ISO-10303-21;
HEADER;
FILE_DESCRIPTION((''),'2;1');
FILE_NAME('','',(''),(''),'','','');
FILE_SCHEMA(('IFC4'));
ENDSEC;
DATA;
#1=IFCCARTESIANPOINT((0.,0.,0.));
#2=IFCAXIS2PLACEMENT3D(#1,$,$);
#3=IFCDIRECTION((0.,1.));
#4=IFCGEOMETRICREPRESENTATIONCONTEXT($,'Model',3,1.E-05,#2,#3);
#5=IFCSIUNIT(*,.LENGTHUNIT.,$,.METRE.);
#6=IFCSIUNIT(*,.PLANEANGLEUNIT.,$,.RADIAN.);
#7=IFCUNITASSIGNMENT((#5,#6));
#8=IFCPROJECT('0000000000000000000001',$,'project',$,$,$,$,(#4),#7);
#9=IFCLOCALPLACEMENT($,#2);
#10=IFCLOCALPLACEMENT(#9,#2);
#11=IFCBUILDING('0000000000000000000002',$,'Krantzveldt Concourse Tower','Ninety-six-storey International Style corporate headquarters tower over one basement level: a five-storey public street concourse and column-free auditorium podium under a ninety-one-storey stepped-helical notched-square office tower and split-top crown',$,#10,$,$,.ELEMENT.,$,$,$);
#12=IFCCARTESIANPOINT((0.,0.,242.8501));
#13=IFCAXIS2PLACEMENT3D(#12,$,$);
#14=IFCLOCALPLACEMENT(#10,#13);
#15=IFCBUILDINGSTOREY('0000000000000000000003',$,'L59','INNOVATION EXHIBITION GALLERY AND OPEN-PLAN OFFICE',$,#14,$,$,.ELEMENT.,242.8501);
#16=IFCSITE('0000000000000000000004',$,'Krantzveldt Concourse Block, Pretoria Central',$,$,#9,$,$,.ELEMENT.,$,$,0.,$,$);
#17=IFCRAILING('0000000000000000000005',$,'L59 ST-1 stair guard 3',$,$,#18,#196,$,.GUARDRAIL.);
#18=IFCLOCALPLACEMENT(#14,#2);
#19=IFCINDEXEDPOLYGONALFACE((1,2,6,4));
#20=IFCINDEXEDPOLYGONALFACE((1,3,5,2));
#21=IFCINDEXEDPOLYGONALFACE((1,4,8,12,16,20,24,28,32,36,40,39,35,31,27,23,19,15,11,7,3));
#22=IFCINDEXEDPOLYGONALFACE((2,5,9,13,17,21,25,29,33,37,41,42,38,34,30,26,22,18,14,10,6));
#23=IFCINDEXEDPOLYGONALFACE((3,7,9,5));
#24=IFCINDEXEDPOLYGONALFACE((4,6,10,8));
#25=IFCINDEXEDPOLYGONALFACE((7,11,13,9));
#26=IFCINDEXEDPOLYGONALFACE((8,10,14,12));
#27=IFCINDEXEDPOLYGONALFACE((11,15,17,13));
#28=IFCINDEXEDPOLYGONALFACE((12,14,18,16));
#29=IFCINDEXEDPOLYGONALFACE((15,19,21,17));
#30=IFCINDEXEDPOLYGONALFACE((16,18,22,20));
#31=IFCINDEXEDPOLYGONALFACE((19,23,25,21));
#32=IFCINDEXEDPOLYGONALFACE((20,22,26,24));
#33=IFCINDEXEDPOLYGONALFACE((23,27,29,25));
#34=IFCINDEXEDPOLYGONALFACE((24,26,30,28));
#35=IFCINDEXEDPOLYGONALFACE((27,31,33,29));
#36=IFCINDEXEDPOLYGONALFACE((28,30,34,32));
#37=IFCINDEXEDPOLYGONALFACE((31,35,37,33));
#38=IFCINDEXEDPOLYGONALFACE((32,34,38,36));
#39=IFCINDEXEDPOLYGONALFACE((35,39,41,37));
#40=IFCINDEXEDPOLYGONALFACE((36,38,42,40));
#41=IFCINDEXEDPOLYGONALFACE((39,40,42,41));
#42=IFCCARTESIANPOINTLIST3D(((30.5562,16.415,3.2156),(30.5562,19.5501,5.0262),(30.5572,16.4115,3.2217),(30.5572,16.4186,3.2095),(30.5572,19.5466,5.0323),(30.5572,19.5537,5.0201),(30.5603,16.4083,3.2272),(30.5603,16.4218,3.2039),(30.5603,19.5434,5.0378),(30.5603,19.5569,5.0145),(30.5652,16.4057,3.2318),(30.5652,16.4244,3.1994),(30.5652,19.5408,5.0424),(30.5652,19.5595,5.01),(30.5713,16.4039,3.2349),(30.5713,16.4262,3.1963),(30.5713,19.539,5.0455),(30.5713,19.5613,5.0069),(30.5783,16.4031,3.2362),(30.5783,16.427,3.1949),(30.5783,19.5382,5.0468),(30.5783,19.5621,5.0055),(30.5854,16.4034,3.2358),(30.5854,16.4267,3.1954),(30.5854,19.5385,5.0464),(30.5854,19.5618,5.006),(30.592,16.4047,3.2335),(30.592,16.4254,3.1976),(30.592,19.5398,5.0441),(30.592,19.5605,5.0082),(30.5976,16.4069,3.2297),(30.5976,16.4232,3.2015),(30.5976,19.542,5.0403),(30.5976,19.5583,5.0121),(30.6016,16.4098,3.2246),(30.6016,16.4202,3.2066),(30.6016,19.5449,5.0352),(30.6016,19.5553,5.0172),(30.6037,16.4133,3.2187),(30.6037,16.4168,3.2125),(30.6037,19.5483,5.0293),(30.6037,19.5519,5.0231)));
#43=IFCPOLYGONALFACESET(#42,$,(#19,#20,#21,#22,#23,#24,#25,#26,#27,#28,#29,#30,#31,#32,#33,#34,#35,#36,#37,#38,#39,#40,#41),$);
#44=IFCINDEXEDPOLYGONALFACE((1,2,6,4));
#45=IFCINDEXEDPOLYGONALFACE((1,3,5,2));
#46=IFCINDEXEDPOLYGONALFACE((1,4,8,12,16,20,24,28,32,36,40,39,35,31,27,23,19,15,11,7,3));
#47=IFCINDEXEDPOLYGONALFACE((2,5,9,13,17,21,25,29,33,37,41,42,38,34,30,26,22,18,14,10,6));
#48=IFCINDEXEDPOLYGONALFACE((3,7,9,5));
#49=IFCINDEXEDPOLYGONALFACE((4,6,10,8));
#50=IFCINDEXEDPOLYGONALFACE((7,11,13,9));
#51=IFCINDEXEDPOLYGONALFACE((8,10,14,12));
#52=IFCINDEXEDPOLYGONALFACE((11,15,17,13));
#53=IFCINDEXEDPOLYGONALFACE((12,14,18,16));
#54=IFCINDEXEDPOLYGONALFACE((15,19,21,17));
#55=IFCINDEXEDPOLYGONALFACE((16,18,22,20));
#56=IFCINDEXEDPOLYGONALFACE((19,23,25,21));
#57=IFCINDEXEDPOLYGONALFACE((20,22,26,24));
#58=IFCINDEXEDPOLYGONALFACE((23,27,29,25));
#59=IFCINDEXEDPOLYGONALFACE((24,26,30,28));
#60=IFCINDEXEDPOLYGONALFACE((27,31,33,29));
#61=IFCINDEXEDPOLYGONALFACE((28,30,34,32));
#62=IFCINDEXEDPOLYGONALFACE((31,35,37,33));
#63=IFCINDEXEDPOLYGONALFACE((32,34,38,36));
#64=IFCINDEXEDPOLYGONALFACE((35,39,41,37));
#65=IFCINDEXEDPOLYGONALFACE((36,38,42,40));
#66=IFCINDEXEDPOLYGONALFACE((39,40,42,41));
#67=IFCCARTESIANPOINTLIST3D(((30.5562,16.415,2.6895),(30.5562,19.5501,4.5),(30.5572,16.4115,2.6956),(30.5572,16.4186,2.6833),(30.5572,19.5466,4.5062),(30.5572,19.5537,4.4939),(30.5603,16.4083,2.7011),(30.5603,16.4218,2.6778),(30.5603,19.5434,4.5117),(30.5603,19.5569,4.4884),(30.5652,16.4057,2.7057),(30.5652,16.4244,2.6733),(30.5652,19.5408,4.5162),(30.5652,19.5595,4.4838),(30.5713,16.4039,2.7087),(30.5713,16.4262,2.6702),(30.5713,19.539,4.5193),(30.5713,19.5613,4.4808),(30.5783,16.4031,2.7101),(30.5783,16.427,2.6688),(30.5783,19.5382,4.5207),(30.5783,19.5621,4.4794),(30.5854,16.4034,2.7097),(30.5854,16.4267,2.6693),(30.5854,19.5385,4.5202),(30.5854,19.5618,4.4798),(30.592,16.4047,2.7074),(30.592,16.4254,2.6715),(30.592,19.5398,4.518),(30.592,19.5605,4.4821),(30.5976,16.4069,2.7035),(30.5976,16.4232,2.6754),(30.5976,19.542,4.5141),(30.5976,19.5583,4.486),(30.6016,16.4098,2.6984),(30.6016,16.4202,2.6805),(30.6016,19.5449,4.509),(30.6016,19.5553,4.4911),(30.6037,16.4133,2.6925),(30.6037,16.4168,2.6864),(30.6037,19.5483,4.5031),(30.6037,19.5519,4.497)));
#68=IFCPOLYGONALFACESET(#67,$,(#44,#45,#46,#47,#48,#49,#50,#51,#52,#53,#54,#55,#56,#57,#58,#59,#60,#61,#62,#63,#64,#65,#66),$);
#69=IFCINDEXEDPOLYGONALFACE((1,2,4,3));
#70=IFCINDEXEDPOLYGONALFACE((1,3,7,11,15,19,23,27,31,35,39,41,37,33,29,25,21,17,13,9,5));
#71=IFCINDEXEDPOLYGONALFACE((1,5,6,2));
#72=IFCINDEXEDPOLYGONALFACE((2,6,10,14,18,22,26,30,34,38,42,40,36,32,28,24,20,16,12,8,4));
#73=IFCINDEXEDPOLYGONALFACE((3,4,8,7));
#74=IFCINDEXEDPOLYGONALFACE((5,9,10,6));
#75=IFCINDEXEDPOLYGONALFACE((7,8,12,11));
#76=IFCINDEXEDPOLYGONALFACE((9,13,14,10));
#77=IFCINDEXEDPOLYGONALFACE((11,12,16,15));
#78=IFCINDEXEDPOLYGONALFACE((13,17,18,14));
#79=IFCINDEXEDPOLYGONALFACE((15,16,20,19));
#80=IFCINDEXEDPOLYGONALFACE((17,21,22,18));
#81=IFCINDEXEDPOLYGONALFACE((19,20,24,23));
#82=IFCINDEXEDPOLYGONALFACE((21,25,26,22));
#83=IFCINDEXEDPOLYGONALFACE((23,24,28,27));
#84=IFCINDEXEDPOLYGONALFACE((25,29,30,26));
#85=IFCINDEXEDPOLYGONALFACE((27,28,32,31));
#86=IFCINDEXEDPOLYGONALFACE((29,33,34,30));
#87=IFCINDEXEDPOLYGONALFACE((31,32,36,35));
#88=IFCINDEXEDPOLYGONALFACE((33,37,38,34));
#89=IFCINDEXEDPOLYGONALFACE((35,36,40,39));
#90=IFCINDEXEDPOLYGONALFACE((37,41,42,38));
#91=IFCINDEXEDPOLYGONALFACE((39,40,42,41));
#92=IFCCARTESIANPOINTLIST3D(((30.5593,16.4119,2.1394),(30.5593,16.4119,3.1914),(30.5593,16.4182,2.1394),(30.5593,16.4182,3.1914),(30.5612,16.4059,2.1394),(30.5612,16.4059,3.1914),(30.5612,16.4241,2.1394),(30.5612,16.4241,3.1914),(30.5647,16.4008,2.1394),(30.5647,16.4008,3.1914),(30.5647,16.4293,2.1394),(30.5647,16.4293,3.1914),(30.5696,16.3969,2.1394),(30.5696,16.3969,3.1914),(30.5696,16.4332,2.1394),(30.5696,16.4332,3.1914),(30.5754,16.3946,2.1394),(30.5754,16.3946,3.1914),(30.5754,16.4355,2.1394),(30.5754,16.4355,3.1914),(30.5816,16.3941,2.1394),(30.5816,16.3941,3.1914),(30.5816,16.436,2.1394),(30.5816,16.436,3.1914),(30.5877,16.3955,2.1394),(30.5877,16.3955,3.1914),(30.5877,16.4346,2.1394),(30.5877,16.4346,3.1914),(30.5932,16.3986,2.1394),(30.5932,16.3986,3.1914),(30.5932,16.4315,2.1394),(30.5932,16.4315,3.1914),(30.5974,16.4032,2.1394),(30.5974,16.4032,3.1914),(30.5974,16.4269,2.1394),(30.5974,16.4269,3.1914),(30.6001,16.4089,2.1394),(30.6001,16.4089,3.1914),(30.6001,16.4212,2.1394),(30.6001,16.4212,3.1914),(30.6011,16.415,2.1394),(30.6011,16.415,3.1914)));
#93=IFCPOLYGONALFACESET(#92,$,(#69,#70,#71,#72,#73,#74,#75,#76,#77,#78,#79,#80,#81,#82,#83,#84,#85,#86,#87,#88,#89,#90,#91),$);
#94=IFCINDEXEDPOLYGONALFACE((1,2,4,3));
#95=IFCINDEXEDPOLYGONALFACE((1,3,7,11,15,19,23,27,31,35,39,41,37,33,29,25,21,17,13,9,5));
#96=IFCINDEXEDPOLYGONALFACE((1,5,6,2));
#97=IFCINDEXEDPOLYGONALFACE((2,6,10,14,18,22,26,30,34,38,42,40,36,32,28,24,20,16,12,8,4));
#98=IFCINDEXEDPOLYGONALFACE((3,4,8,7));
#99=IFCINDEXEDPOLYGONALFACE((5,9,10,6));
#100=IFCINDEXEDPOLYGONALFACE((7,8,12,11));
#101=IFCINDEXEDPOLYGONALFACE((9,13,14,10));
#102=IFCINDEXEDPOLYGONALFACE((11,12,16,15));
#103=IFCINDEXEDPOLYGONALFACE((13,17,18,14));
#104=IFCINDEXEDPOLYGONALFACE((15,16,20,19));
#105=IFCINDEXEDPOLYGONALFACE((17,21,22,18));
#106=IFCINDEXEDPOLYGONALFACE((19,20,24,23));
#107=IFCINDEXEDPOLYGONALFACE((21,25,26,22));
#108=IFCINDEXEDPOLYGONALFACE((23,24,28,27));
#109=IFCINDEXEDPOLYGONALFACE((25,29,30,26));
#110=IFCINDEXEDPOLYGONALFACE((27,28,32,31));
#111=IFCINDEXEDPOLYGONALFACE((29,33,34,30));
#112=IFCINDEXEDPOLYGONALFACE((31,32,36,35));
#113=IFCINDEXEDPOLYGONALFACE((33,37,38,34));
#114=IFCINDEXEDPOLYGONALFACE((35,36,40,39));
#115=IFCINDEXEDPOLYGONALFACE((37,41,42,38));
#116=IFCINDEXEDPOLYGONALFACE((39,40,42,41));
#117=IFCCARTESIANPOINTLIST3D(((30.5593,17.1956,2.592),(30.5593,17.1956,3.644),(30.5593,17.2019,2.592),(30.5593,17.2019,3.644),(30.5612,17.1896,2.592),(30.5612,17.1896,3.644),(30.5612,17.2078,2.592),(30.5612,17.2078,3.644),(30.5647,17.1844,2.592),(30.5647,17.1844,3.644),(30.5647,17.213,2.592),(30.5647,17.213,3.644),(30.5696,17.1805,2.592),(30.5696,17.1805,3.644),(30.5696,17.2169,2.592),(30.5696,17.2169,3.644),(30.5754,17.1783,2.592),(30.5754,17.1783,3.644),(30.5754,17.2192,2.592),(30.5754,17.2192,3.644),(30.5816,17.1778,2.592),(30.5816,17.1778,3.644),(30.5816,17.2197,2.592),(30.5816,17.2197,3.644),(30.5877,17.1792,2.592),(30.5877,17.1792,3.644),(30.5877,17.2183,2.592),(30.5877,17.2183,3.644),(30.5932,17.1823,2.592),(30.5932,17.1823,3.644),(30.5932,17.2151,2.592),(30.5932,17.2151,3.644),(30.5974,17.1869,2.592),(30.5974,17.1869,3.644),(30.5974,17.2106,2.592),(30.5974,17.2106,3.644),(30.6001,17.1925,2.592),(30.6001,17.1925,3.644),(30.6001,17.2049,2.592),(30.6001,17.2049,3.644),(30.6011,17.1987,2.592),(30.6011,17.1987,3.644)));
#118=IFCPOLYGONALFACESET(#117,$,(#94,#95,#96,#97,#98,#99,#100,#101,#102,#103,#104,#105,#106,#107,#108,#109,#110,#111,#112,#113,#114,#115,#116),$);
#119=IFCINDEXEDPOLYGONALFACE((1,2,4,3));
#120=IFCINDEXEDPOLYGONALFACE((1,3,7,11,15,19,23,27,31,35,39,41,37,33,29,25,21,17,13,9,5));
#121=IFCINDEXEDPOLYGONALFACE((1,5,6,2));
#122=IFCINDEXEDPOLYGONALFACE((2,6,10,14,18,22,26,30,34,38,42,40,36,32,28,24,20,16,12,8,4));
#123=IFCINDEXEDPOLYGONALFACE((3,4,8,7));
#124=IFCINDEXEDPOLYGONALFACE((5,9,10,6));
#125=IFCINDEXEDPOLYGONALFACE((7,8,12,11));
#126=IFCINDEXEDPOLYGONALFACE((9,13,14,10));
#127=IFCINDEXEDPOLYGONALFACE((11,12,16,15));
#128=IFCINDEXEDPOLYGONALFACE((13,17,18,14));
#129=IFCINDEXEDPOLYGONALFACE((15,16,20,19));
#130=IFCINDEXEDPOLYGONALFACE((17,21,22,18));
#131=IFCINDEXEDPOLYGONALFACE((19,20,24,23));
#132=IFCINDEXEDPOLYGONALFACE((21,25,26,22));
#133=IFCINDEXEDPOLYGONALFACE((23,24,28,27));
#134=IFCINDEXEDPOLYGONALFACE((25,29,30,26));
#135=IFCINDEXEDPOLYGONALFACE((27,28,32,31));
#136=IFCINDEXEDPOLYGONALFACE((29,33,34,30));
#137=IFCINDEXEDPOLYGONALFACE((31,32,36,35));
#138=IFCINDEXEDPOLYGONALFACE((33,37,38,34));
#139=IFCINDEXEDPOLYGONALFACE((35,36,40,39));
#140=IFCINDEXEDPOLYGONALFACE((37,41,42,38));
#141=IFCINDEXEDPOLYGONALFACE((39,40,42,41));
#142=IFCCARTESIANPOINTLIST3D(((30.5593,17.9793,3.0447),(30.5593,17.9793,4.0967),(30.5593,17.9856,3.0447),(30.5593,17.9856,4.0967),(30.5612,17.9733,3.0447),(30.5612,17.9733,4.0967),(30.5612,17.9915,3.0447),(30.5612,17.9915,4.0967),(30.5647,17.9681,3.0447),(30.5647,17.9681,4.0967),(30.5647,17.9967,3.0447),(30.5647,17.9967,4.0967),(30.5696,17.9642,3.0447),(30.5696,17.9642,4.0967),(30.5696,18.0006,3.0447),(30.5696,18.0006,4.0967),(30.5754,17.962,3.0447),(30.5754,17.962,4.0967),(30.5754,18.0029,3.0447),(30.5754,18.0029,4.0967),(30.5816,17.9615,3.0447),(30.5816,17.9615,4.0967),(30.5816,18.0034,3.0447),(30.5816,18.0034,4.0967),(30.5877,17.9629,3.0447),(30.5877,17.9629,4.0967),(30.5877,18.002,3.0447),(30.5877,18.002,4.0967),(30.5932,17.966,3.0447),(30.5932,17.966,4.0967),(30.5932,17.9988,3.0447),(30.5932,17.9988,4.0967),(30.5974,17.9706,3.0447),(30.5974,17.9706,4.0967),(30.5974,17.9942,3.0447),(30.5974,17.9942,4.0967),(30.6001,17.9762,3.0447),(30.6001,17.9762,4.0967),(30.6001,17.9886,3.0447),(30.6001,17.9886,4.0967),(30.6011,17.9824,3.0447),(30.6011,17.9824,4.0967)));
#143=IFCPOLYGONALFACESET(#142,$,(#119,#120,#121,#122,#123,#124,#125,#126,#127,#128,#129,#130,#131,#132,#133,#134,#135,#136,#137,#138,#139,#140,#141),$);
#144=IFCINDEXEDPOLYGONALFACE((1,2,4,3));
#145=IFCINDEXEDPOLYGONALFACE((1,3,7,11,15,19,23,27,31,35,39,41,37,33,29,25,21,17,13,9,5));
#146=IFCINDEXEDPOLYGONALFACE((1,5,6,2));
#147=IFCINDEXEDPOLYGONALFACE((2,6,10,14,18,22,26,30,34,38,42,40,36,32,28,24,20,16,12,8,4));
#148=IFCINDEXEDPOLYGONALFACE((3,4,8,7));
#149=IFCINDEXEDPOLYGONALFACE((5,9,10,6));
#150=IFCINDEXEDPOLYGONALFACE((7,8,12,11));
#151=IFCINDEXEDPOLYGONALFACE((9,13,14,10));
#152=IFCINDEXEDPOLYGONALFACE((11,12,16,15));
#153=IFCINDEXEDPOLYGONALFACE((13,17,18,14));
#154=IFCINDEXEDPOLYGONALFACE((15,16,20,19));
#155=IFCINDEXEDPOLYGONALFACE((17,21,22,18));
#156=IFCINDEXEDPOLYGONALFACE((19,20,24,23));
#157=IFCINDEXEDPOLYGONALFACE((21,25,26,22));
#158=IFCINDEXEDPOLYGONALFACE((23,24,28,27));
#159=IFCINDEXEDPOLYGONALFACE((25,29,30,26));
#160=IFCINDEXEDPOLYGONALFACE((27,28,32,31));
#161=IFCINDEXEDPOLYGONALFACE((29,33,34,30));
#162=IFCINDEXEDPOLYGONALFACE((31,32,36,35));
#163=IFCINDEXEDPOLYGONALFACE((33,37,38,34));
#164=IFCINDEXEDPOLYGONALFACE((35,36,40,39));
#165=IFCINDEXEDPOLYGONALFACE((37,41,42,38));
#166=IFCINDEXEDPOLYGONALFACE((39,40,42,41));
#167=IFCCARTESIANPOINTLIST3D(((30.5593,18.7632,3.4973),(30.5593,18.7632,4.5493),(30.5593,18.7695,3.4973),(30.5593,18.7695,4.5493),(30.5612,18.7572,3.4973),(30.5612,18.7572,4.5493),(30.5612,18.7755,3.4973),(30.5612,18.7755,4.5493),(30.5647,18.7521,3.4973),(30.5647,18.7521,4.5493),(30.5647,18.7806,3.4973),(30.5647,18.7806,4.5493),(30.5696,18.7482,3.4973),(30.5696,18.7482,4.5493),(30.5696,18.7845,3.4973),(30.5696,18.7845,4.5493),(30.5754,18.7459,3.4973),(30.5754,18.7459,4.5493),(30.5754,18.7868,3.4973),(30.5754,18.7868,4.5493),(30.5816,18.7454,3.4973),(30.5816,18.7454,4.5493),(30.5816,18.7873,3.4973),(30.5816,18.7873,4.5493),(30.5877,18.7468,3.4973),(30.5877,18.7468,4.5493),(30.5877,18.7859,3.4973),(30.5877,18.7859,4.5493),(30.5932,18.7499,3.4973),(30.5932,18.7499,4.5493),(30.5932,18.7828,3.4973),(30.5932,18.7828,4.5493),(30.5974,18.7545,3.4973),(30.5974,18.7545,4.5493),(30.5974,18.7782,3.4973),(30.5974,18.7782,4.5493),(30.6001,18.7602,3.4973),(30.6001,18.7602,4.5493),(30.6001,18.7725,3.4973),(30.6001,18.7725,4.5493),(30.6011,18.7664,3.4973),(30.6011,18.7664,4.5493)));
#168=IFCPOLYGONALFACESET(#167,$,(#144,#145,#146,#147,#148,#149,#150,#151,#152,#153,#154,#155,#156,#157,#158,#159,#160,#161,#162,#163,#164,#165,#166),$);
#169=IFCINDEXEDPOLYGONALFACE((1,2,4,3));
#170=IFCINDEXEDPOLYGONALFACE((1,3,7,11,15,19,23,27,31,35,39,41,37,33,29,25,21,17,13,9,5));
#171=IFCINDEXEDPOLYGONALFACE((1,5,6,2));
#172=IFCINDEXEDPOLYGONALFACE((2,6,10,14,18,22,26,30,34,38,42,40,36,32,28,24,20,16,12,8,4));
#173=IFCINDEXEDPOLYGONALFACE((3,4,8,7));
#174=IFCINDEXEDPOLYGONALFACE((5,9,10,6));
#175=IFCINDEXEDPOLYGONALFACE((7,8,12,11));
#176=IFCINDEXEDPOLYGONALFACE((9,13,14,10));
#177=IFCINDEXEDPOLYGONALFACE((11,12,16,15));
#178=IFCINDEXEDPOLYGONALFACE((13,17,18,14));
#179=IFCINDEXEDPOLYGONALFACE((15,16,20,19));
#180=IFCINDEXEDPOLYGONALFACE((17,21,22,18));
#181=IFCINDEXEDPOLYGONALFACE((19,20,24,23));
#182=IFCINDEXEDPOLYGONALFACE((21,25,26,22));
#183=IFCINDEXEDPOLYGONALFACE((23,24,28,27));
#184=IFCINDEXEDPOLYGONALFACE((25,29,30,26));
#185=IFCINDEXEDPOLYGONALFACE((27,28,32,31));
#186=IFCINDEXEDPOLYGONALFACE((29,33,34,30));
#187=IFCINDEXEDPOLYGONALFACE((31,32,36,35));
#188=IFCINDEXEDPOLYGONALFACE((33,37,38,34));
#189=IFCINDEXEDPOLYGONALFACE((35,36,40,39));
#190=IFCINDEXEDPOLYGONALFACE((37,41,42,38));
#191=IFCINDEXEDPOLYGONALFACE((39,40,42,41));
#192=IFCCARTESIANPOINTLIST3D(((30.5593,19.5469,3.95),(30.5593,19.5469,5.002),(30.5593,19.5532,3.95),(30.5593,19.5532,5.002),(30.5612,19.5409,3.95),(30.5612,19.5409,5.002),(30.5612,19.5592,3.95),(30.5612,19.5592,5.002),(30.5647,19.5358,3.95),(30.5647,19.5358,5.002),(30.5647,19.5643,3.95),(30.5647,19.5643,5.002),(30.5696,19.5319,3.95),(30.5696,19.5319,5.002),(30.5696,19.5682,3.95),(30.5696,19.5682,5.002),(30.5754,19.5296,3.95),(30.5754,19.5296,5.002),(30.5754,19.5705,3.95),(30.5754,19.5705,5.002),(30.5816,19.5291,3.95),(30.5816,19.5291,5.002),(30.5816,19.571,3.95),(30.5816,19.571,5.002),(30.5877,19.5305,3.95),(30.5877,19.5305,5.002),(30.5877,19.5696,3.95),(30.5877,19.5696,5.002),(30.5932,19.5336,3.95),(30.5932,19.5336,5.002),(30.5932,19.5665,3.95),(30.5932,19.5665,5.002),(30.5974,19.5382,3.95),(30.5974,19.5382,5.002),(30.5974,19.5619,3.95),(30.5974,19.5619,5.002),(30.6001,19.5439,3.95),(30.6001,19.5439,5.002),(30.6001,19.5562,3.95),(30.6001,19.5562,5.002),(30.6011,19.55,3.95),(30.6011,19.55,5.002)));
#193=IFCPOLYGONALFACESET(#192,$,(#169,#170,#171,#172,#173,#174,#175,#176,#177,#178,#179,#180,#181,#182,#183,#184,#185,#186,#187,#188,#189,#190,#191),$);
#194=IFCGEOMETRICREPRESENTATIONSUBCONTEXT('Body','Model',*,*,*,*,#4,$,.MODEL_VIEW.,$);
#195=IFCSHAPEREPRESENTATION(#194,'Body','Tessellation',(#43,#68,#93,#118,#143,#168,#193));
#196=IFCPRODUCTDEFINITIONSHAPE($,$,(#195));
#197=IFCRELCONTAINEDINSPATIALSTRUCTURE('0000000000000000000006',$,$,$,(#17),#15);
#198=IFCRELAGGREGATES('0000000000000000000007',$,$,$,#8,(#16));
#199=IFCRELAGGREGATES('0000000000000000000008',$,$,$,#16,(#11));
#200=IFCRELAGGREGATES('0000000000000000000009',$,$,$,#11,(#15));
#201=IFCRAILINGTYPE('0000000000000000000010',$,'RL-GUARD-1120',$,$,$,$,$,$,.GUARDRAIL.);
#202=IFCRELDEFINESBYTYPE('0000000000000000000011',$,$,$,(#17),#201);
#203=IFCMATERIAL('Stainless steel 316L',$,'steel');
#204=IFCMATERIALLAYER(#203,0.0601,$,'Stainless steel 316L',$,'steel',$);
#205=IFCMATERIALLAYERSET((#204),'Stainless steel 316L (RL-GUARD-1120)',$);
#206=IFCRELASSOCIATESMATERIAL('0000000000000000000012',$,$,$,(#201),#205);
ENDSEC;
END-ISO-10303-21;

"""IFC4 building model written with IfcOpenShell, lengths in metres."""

from ifc_helpers import new_model, si_unit, direction, frame, origin, origin_2d, place, context, subcontext, project, spatial, circle, extrude, material, layer, layer_set, type_object, element, save


model = new_model("IFC4")

# Units and contexts
model_context = context("Model", 3, precision=1e-05, world=origin(), true_north=direction((0.0, 1.0)))
body_context = subcontext(model_context, "Body", "Model", "MODEL_VIEW")
ifc_project = project(units=[si_unit("LENGTHUNIT", "METRE"), si_unit("PLANEANGLEUNIT", "RADIAN")], contexts=[model_context])

# Site, building, storey
site_placement = place(None, origin())
site = spatial("IfcSite", under=ifc_project, at=site_placement, Name="Krantzveldt Concourse Block, Pretoria Central", CompositionType="ELEMENT", RefElevation=0.0)
building_placement = place(site_placement, origin())
building = spatial("IfcBuilding", under=site, at=building_placement, Name="Krantzveldt Concourse Tower", Description="Ninety-six-storey International Style corporate headquarters tower over one basement level: a five-storey public street concourse and column-free auditorium podium under a ninety-one-storey stepped-helical notched-square office tower and split-top crown", CompositionType="ELEMENT")
storey_placement = place(building_placement, frame((0.0, 0.0, 242.8501)))
storey = spatial("IfcBuildingStorey", under=building, at=storey_placement, Name="L59", Description="INNOVATION EXHIBITION GALLERY AND OPEN-PLAN OFFICE", CompositionType="ELEMENT", Elevation=242.8501)

# Shared definitions
ifc_material_1 = material(Name="Stainless steel 316L", Category="steel")

# Railing
ifc_layer_1 = layer(ifc_material_1, 0.0601, Name="Stainless steel 316L", Category="steel")
ifc_layer_set_1 = layer_set([ifc_layer_1], Name="Stainless steel 316L (RL-GUARD-1120)")
railing_type_1 = type_object("IfcRailingType", Name="RL-GUARD-1120", PredefinedType="GUARDRAIL", material=ifc_layer_set_1)
railing_1_placement = place(storey_placement, frame((30.5801, 16.415, 2.1394)))
element("IfcRailing", 1, at=railing_1_placement, inside=storey, type_object=railing_type_1, Name="L59 ST-1 stair guard 3", PredefinedType="GUARDRAIL", context=body_context, shape_type="SweptSolid", body=[
    extrude(circle(Radius=0.0239, at=origin_2d()), frame((0.0, 0.0, 1.0762), z_axis=(0.0, 0.86596, 0.500114), x_axis=(-1.0, 0.0, 0.0)), (0.0, 0.0, 1.0), 3.6204),
    extrude(circle(Radius=0.0239, at=origin_2d()), frame((0.0, 0.0, 0.55), z_axis=(0.0, 0.86596, 0.500114), x_axis=(-1.0, 0.0, 0.0)), (0.0, 0.0, 1.0), 3.6204),
    extrude(circle(Radius=0.021, at=origin_2d()), origin(), (0.0, 0.0, 1.0), 1.052),
    extrude(circle(Radius=0.021, at=origin_2d()), frame((0.0, 0.7837, 0.4526)), (0.0, 0.0, 1.0), 1.052),
    extrude(circle(Radius=0.021, at=origin_2d()), frame((0.0, 1.5674, 0.9053)), (0.0, 0.0, 1.0), 1.052),
    extrude(circle(Radius=0.021, at=origin_2d()), frame((0.0, 2.3513, 1.3579)), (0.0, 0.0, 1.0), 1.052),
    extrude(circle(Radius=0.021, at=origin_2d()), frame((0.0, 3.135, 1.8105)), (0.0, 0.0, 1.0), 1.052),
])

save(model, "model.ifc")
